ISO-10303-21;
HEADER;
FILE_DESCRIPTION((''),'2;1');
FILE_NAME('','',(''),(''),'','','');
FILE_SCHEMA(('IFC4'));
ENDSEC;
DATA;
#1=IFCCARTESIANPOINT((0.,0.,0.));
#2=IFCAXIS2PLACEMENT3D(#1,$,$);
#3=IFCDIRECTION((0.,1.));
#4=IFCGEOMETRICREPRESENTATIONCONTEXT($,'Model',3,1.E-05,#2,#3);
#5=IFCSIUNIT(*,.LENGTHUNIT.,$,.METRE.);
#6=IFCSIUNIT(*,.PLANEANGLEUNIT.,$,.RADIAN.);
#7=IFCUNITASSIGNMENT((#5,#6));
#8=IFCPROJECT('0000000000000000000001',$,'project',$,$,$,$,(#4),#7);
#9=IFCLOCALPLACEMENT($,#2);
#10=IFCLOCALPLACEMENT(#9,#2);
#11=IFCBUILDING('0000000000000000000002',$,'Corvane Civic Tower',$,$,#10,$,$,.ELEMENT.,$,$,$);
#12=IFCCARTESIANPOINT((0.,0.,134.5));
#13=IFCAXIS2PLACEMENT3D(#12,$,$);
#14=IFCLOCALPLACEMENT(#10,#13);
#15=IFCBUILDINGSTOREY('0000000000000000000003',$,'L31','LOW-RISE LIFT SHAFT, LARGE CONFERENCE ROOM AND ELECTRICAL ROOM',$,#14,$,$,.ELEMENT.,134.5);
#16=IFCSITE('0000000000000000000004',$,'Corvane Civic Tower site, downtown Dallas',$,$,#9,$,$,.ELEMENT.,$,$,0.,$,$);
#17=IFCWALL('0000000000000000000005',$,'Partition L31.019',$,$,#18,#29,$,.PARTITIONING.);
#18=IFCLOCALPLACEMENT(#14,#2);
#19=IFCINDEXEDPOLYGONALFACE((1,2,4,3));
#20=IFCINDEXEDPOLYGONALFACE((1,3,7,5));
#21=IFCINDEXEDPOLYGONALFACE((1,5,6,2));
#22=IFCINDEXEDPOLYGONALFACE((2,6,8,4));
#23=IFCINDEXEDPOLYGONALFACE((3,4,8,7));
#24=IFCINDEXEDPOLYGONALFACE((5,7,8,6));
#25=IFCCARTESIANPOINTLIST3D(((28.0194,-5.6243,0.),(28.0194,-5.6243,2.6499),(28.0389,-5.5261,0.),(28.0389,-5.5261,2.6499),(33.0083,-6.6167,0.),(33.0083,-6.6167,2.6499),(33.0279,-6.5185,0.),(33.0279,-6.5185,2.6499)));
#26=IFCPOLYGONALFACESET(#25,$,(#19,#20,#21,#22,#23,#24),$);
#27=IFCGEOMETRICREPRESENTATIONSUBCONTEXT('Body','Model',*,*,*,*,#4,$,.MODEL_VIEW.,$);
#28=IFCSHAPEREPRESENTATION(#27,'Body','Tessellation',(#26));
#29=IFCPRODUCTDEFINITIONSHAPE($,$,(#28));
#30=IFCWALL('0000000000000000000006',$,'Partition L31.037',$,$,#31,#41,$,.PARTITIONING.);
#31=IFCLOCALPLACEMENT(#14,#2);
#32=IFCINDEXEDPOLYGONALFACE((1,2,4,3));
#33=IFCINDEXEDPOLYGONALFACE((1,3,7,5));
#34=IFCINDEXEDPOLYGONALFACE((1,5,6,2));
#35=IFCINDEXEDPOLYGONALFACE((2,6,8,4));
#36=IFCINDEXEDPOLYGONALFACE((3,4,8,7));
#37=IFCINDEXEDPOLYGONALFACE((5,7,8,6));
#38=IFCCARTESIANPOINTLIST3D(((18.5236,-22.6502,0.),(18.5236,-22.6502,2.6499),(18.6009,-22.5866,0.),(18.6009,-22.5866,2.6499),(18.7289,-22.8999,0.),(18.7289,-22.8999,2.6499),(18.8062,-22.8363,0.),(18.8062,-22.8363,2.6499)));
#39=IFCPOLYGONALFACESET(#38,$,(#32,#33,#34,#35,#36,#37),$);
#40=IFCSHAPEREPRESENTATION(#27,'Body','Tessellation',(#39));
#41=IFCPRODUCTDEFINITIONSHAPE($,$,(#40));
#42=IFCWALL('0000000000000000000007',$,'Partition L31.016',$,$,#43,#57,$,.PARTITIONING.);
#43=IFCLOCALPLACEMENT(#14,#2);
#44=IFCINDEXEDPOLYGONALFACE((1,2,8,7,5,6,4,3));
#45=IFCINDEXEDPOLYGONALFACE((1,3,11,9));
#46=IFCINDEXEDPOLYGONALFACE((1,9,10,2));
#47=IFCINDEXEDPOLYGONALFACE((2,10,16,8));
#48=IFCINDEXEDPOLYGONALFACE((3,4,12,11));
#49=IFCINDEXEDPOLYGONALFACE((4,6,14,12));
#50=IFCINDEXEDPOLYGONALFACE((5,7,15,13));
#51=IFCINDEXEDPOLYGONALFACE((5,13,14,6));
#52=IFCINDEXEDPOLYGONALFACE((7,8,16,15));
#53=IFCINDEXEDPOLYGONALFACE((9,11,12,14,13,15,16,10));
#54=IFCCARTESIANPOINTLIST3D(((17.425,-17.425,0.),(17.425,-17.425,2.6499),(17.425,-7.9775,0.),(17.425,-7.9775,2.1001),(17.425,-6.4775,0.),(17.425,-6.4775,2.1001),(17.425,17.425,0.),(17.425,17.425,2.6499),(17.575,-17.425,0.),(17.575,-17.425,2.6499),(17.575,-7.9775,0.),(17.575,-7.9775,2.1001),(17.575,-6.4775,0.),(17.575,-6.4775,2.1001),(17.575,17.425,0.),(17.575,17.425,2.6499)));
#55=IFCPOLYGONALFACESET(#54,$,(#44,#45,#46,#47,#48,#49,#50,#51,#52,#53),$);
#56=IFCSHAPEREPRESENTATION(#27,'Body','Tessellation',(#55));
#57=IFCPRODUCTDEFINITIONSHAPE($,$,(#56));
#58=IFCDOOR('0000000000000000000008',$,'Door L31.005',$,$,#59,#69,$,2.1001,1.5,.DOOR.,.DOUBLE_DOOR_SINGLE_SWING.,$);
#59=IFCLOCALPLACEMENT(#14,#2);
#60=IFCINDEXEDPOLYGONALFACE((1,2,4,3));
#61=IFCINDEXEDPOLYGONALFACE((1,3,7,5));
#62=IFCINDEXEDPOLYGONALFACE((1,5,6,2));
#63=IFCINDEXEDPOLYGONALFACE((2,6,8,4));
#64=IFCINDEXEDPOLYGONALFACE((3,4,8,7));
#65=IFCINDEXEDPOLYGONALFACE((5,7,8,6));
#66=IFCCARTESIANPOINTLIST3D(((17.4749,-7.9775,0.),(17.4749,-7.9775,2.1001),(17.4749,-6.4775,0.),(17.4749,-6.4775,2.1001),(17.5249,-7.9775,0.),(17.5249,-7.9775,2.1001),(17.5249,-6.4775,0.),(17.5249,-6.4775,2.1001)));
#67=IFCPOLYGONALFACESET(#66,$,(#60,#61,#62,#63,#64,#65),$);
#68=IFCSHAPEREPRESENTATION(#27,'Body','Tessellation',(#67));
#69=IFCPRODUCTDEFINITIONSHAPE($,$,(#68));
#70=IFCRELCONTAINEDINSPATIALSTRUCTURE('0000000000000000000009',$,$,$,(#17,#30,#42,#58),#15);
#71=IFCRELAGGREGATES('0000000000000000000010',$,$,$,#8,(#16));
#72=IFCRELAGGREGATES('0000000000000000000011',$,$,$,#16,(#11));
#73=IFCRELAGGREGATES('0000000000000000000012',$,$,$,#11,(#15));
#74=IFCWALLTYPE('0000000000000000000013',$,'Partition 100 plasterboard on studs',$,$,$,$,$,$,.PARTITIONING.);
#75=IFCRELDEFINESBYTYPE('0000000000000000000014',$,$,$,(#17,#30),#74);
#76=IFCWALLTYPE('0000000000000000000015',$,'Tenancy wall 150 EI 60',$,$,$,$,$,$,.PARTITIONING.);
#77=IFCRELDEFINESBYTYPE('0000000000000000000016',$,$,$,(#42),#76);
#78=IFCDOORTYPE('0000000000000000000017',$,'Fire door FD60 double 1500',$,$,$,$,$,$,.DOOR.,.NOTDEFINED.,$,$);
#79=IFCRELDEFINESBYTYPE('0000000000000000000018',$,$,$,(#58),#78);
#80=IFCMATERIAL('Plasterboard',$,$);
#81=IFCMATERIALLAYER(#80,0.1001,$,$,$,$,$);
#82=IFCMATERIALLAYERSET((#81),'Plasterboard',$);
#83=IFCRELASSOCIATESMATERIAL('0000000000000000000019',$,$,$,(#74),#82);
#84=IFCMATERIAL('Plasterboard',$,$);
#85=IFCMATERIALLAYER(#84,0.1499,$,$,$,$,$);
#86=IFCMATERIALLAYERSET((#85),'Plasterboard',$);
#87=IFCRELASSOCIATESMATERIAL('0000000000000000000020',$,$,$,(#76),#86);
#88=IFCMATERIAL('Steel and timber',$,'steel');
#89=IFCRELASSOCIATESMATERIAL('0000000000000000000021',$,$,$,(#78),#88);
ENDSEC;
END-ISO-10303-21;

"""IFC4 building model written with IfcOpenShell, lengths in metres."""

from ifc_helpers import new_model, si_unit, direction, frame, frame_2d, origin, place, context, subcontext, project, spatial, rectangle, extrude, material, layer, layer_set, type_object, element, fill, save


model = new_model("IFC4")

# Units and contexts
model_context = context("Model", 3, precision=1e-05, world=origin(), true_north=direction((0.0, 1.0)))
body_context = subcontext(model_context, "Body", "Model", "MODEL_VIEW")
ifc_project = project(units=[si_unit("LENGTHUNIT", "METRE"), si_unit("PLANEANGLEUNIT", "RADIAN")], contexts=[model_context])

# Site, building, storey
site_placement = place(None, origin())
site = spatial("IfcSite", under=ifc_project, at=site_placement, Name="Corvane Civic Tower site, downtown Dallas", CompositionType="ELEMENT", RefElevation=0.0)
building_placement = place(site_placement, origin())
building = spatial("IfcBuilding", under=site, at=building_placement, Name="Corvane Civic Tower", CompositionType="ELEMENT")
storey_placement = place(building_placement, frame((0.0, 0.0, 134.5)))
storey = spatial("IfcBuildingStorey", under=building, at=storey_placement, Name="L31", Description="LOW-RISE LIFT SHAFT, LARGE CONFERENCE ROOM AND ELECTRICAL ROOM", CompositionType="ELEMENT", Elevation=134.5)

# Shared definitions
ifc_material_1 = material(Name="Plasterboard")
ifc_layer_1 = layer(ifc_material_1, 0.1001)
ifc_layer_set_1 = layer_set([ifc_layer_1], Name="Plasterboard")
wall_type_1 = type_object("IfcWallType", Name="Partition 100 plasterboard on studs", PredefinedType="PARTITIONING", material=ifc_layer_set_1)

# Walls
wall_1_placement = place(storey_placement, frame((28.0291, -5.5752, 0.0), z_axis=(0.0, 0.0, 1.0), x_axis=(0.980783, -0.195101, 0.0)))
element("IfcWall", 1, at=wall_1_placement, inside=storey, type_object=wall_type_1, Name="Partition L31.019", PredefinedType="PARTITIONING", context=body_context, shape_type="SweptSolid", body=[
    extrude(rectangle(XDim=5.0867, YDim=0.1001, at=frame_2d((2.5435, 0.0))), origin(), (0.0, 0.0, 1.0), 2.6499),
])
wall_2_placement = place(storey_placement, frame((18.5623, -22.6184, 0.0), z_axis=(0.0, 0.0, 1.0), x_axis=(0.635045, -0.772475, 0.0)))
element("IfcWall", 2, at=wall_2_placement, inside=storey, type_object=wall_type_1, Name="Partition L31.037", PredefinedType="PARTITIONING", context=body_context, shape_type="SweptSolid", body=[
    extrude(rectangle(XDim=0.3232, YDim=0.1001, at=frame_2d((0.1616, 0.0))), origin(), (0.0, 0.0, 1.0), 2.6499),
])

# Wall, opening, door
ifc_material_2 = material(Name="Plasterboard")
ifc_layer_2 = layer(ifc_material_2, 0.1499)
ifc_layer_set_2 = layer_set([ifc_layer_2], Name="Plasterboard")
wall_type_2 = type_object("IfcWallType", Name="Tenancy wall 150 EI 60", PredefinedType="PARTITIONING", material=ifc_layer_set_2)
wall_3_placement = place(storey_placement, frame((17.5, -17.425, 0.0), z_axis=(0.0, 0.0, 1.0), x_axis=(0.0, 1.0, 0.0)))
wall_3 = element("IfcWall", 3, at=wall_3_placement, inside=storey, type_object=wall_type_2, Name="Partition L31.016", PredefinedType="PARTITIONING", context=body_context, shape_type="SweptSolid", body=[
    extrude(rectangle(XDim=34.8501, YDim=0.1499, at=frame_2d((17.425, 0.0))), origin(), (0.0, 0.0, 1.0), 2.6499),
])
opening_1_placement = place(wall_3_placement, frame((9.4475, 0.0, 0.0)))
opening_1 = element("IfcOpeningElement", 4, at=opening_1_placement, cuts=wall_3, PredefinedType="OPENING", context=body_context, shape_type="SweptSolid", body=[
    extrude(rectangle(XDim=1.5, YDim=2.1001, at=frame_2d((0.75, 1.05))), frame((0.0, 0.085, 0.0), z_axis=(0.0, -1.0, 0.0), x_axis=(1.0, 0.0, 0.0)), (0.0, 0.0, 1.0), 0.1699),
])
ifc_material_3 = material(Name="Steel and timber", Category="steel")
door_type_1 = type_object("IfcDoorType", Name="Fire door FD60 double 1500", OperationType="NOTDEFINED", PredefinedType="DOOR", material=ifc_material_3)
door_1_placement = place(opening_1_placement, frame((1.5, 0.0, 0.0), z_axis=(0.0, 0.0, 1.0), x_axis=(-1.0, 0.0, 0.0)))
door_1 = element("IfcDoor", 5, at=door_1_placement, inside=storey, type_object=door_type_1, Name="Door L31.005", OperationType="DOUBLE_DOOR_SINGLE_SWING", OverallHeight=2.1001, OverallWidth=1.5, PredefinedType="DOOR", context=body_context, shape_type="SweptSolid", body=[
    extrude(rectangle(XDim=1.5, YDim=2.1001, at=frame_2d((0.75, 1.05))), frame((0.0, 0.0249, 0.0), z_axis=(0.0, -1.0, 0.0), x_axis=(1.0, 0.0, 0.0)), (0.0, 0.0, 1.0), 0.05),
])
fill(opening_1, door_1)

save(model, "model.ifc")
